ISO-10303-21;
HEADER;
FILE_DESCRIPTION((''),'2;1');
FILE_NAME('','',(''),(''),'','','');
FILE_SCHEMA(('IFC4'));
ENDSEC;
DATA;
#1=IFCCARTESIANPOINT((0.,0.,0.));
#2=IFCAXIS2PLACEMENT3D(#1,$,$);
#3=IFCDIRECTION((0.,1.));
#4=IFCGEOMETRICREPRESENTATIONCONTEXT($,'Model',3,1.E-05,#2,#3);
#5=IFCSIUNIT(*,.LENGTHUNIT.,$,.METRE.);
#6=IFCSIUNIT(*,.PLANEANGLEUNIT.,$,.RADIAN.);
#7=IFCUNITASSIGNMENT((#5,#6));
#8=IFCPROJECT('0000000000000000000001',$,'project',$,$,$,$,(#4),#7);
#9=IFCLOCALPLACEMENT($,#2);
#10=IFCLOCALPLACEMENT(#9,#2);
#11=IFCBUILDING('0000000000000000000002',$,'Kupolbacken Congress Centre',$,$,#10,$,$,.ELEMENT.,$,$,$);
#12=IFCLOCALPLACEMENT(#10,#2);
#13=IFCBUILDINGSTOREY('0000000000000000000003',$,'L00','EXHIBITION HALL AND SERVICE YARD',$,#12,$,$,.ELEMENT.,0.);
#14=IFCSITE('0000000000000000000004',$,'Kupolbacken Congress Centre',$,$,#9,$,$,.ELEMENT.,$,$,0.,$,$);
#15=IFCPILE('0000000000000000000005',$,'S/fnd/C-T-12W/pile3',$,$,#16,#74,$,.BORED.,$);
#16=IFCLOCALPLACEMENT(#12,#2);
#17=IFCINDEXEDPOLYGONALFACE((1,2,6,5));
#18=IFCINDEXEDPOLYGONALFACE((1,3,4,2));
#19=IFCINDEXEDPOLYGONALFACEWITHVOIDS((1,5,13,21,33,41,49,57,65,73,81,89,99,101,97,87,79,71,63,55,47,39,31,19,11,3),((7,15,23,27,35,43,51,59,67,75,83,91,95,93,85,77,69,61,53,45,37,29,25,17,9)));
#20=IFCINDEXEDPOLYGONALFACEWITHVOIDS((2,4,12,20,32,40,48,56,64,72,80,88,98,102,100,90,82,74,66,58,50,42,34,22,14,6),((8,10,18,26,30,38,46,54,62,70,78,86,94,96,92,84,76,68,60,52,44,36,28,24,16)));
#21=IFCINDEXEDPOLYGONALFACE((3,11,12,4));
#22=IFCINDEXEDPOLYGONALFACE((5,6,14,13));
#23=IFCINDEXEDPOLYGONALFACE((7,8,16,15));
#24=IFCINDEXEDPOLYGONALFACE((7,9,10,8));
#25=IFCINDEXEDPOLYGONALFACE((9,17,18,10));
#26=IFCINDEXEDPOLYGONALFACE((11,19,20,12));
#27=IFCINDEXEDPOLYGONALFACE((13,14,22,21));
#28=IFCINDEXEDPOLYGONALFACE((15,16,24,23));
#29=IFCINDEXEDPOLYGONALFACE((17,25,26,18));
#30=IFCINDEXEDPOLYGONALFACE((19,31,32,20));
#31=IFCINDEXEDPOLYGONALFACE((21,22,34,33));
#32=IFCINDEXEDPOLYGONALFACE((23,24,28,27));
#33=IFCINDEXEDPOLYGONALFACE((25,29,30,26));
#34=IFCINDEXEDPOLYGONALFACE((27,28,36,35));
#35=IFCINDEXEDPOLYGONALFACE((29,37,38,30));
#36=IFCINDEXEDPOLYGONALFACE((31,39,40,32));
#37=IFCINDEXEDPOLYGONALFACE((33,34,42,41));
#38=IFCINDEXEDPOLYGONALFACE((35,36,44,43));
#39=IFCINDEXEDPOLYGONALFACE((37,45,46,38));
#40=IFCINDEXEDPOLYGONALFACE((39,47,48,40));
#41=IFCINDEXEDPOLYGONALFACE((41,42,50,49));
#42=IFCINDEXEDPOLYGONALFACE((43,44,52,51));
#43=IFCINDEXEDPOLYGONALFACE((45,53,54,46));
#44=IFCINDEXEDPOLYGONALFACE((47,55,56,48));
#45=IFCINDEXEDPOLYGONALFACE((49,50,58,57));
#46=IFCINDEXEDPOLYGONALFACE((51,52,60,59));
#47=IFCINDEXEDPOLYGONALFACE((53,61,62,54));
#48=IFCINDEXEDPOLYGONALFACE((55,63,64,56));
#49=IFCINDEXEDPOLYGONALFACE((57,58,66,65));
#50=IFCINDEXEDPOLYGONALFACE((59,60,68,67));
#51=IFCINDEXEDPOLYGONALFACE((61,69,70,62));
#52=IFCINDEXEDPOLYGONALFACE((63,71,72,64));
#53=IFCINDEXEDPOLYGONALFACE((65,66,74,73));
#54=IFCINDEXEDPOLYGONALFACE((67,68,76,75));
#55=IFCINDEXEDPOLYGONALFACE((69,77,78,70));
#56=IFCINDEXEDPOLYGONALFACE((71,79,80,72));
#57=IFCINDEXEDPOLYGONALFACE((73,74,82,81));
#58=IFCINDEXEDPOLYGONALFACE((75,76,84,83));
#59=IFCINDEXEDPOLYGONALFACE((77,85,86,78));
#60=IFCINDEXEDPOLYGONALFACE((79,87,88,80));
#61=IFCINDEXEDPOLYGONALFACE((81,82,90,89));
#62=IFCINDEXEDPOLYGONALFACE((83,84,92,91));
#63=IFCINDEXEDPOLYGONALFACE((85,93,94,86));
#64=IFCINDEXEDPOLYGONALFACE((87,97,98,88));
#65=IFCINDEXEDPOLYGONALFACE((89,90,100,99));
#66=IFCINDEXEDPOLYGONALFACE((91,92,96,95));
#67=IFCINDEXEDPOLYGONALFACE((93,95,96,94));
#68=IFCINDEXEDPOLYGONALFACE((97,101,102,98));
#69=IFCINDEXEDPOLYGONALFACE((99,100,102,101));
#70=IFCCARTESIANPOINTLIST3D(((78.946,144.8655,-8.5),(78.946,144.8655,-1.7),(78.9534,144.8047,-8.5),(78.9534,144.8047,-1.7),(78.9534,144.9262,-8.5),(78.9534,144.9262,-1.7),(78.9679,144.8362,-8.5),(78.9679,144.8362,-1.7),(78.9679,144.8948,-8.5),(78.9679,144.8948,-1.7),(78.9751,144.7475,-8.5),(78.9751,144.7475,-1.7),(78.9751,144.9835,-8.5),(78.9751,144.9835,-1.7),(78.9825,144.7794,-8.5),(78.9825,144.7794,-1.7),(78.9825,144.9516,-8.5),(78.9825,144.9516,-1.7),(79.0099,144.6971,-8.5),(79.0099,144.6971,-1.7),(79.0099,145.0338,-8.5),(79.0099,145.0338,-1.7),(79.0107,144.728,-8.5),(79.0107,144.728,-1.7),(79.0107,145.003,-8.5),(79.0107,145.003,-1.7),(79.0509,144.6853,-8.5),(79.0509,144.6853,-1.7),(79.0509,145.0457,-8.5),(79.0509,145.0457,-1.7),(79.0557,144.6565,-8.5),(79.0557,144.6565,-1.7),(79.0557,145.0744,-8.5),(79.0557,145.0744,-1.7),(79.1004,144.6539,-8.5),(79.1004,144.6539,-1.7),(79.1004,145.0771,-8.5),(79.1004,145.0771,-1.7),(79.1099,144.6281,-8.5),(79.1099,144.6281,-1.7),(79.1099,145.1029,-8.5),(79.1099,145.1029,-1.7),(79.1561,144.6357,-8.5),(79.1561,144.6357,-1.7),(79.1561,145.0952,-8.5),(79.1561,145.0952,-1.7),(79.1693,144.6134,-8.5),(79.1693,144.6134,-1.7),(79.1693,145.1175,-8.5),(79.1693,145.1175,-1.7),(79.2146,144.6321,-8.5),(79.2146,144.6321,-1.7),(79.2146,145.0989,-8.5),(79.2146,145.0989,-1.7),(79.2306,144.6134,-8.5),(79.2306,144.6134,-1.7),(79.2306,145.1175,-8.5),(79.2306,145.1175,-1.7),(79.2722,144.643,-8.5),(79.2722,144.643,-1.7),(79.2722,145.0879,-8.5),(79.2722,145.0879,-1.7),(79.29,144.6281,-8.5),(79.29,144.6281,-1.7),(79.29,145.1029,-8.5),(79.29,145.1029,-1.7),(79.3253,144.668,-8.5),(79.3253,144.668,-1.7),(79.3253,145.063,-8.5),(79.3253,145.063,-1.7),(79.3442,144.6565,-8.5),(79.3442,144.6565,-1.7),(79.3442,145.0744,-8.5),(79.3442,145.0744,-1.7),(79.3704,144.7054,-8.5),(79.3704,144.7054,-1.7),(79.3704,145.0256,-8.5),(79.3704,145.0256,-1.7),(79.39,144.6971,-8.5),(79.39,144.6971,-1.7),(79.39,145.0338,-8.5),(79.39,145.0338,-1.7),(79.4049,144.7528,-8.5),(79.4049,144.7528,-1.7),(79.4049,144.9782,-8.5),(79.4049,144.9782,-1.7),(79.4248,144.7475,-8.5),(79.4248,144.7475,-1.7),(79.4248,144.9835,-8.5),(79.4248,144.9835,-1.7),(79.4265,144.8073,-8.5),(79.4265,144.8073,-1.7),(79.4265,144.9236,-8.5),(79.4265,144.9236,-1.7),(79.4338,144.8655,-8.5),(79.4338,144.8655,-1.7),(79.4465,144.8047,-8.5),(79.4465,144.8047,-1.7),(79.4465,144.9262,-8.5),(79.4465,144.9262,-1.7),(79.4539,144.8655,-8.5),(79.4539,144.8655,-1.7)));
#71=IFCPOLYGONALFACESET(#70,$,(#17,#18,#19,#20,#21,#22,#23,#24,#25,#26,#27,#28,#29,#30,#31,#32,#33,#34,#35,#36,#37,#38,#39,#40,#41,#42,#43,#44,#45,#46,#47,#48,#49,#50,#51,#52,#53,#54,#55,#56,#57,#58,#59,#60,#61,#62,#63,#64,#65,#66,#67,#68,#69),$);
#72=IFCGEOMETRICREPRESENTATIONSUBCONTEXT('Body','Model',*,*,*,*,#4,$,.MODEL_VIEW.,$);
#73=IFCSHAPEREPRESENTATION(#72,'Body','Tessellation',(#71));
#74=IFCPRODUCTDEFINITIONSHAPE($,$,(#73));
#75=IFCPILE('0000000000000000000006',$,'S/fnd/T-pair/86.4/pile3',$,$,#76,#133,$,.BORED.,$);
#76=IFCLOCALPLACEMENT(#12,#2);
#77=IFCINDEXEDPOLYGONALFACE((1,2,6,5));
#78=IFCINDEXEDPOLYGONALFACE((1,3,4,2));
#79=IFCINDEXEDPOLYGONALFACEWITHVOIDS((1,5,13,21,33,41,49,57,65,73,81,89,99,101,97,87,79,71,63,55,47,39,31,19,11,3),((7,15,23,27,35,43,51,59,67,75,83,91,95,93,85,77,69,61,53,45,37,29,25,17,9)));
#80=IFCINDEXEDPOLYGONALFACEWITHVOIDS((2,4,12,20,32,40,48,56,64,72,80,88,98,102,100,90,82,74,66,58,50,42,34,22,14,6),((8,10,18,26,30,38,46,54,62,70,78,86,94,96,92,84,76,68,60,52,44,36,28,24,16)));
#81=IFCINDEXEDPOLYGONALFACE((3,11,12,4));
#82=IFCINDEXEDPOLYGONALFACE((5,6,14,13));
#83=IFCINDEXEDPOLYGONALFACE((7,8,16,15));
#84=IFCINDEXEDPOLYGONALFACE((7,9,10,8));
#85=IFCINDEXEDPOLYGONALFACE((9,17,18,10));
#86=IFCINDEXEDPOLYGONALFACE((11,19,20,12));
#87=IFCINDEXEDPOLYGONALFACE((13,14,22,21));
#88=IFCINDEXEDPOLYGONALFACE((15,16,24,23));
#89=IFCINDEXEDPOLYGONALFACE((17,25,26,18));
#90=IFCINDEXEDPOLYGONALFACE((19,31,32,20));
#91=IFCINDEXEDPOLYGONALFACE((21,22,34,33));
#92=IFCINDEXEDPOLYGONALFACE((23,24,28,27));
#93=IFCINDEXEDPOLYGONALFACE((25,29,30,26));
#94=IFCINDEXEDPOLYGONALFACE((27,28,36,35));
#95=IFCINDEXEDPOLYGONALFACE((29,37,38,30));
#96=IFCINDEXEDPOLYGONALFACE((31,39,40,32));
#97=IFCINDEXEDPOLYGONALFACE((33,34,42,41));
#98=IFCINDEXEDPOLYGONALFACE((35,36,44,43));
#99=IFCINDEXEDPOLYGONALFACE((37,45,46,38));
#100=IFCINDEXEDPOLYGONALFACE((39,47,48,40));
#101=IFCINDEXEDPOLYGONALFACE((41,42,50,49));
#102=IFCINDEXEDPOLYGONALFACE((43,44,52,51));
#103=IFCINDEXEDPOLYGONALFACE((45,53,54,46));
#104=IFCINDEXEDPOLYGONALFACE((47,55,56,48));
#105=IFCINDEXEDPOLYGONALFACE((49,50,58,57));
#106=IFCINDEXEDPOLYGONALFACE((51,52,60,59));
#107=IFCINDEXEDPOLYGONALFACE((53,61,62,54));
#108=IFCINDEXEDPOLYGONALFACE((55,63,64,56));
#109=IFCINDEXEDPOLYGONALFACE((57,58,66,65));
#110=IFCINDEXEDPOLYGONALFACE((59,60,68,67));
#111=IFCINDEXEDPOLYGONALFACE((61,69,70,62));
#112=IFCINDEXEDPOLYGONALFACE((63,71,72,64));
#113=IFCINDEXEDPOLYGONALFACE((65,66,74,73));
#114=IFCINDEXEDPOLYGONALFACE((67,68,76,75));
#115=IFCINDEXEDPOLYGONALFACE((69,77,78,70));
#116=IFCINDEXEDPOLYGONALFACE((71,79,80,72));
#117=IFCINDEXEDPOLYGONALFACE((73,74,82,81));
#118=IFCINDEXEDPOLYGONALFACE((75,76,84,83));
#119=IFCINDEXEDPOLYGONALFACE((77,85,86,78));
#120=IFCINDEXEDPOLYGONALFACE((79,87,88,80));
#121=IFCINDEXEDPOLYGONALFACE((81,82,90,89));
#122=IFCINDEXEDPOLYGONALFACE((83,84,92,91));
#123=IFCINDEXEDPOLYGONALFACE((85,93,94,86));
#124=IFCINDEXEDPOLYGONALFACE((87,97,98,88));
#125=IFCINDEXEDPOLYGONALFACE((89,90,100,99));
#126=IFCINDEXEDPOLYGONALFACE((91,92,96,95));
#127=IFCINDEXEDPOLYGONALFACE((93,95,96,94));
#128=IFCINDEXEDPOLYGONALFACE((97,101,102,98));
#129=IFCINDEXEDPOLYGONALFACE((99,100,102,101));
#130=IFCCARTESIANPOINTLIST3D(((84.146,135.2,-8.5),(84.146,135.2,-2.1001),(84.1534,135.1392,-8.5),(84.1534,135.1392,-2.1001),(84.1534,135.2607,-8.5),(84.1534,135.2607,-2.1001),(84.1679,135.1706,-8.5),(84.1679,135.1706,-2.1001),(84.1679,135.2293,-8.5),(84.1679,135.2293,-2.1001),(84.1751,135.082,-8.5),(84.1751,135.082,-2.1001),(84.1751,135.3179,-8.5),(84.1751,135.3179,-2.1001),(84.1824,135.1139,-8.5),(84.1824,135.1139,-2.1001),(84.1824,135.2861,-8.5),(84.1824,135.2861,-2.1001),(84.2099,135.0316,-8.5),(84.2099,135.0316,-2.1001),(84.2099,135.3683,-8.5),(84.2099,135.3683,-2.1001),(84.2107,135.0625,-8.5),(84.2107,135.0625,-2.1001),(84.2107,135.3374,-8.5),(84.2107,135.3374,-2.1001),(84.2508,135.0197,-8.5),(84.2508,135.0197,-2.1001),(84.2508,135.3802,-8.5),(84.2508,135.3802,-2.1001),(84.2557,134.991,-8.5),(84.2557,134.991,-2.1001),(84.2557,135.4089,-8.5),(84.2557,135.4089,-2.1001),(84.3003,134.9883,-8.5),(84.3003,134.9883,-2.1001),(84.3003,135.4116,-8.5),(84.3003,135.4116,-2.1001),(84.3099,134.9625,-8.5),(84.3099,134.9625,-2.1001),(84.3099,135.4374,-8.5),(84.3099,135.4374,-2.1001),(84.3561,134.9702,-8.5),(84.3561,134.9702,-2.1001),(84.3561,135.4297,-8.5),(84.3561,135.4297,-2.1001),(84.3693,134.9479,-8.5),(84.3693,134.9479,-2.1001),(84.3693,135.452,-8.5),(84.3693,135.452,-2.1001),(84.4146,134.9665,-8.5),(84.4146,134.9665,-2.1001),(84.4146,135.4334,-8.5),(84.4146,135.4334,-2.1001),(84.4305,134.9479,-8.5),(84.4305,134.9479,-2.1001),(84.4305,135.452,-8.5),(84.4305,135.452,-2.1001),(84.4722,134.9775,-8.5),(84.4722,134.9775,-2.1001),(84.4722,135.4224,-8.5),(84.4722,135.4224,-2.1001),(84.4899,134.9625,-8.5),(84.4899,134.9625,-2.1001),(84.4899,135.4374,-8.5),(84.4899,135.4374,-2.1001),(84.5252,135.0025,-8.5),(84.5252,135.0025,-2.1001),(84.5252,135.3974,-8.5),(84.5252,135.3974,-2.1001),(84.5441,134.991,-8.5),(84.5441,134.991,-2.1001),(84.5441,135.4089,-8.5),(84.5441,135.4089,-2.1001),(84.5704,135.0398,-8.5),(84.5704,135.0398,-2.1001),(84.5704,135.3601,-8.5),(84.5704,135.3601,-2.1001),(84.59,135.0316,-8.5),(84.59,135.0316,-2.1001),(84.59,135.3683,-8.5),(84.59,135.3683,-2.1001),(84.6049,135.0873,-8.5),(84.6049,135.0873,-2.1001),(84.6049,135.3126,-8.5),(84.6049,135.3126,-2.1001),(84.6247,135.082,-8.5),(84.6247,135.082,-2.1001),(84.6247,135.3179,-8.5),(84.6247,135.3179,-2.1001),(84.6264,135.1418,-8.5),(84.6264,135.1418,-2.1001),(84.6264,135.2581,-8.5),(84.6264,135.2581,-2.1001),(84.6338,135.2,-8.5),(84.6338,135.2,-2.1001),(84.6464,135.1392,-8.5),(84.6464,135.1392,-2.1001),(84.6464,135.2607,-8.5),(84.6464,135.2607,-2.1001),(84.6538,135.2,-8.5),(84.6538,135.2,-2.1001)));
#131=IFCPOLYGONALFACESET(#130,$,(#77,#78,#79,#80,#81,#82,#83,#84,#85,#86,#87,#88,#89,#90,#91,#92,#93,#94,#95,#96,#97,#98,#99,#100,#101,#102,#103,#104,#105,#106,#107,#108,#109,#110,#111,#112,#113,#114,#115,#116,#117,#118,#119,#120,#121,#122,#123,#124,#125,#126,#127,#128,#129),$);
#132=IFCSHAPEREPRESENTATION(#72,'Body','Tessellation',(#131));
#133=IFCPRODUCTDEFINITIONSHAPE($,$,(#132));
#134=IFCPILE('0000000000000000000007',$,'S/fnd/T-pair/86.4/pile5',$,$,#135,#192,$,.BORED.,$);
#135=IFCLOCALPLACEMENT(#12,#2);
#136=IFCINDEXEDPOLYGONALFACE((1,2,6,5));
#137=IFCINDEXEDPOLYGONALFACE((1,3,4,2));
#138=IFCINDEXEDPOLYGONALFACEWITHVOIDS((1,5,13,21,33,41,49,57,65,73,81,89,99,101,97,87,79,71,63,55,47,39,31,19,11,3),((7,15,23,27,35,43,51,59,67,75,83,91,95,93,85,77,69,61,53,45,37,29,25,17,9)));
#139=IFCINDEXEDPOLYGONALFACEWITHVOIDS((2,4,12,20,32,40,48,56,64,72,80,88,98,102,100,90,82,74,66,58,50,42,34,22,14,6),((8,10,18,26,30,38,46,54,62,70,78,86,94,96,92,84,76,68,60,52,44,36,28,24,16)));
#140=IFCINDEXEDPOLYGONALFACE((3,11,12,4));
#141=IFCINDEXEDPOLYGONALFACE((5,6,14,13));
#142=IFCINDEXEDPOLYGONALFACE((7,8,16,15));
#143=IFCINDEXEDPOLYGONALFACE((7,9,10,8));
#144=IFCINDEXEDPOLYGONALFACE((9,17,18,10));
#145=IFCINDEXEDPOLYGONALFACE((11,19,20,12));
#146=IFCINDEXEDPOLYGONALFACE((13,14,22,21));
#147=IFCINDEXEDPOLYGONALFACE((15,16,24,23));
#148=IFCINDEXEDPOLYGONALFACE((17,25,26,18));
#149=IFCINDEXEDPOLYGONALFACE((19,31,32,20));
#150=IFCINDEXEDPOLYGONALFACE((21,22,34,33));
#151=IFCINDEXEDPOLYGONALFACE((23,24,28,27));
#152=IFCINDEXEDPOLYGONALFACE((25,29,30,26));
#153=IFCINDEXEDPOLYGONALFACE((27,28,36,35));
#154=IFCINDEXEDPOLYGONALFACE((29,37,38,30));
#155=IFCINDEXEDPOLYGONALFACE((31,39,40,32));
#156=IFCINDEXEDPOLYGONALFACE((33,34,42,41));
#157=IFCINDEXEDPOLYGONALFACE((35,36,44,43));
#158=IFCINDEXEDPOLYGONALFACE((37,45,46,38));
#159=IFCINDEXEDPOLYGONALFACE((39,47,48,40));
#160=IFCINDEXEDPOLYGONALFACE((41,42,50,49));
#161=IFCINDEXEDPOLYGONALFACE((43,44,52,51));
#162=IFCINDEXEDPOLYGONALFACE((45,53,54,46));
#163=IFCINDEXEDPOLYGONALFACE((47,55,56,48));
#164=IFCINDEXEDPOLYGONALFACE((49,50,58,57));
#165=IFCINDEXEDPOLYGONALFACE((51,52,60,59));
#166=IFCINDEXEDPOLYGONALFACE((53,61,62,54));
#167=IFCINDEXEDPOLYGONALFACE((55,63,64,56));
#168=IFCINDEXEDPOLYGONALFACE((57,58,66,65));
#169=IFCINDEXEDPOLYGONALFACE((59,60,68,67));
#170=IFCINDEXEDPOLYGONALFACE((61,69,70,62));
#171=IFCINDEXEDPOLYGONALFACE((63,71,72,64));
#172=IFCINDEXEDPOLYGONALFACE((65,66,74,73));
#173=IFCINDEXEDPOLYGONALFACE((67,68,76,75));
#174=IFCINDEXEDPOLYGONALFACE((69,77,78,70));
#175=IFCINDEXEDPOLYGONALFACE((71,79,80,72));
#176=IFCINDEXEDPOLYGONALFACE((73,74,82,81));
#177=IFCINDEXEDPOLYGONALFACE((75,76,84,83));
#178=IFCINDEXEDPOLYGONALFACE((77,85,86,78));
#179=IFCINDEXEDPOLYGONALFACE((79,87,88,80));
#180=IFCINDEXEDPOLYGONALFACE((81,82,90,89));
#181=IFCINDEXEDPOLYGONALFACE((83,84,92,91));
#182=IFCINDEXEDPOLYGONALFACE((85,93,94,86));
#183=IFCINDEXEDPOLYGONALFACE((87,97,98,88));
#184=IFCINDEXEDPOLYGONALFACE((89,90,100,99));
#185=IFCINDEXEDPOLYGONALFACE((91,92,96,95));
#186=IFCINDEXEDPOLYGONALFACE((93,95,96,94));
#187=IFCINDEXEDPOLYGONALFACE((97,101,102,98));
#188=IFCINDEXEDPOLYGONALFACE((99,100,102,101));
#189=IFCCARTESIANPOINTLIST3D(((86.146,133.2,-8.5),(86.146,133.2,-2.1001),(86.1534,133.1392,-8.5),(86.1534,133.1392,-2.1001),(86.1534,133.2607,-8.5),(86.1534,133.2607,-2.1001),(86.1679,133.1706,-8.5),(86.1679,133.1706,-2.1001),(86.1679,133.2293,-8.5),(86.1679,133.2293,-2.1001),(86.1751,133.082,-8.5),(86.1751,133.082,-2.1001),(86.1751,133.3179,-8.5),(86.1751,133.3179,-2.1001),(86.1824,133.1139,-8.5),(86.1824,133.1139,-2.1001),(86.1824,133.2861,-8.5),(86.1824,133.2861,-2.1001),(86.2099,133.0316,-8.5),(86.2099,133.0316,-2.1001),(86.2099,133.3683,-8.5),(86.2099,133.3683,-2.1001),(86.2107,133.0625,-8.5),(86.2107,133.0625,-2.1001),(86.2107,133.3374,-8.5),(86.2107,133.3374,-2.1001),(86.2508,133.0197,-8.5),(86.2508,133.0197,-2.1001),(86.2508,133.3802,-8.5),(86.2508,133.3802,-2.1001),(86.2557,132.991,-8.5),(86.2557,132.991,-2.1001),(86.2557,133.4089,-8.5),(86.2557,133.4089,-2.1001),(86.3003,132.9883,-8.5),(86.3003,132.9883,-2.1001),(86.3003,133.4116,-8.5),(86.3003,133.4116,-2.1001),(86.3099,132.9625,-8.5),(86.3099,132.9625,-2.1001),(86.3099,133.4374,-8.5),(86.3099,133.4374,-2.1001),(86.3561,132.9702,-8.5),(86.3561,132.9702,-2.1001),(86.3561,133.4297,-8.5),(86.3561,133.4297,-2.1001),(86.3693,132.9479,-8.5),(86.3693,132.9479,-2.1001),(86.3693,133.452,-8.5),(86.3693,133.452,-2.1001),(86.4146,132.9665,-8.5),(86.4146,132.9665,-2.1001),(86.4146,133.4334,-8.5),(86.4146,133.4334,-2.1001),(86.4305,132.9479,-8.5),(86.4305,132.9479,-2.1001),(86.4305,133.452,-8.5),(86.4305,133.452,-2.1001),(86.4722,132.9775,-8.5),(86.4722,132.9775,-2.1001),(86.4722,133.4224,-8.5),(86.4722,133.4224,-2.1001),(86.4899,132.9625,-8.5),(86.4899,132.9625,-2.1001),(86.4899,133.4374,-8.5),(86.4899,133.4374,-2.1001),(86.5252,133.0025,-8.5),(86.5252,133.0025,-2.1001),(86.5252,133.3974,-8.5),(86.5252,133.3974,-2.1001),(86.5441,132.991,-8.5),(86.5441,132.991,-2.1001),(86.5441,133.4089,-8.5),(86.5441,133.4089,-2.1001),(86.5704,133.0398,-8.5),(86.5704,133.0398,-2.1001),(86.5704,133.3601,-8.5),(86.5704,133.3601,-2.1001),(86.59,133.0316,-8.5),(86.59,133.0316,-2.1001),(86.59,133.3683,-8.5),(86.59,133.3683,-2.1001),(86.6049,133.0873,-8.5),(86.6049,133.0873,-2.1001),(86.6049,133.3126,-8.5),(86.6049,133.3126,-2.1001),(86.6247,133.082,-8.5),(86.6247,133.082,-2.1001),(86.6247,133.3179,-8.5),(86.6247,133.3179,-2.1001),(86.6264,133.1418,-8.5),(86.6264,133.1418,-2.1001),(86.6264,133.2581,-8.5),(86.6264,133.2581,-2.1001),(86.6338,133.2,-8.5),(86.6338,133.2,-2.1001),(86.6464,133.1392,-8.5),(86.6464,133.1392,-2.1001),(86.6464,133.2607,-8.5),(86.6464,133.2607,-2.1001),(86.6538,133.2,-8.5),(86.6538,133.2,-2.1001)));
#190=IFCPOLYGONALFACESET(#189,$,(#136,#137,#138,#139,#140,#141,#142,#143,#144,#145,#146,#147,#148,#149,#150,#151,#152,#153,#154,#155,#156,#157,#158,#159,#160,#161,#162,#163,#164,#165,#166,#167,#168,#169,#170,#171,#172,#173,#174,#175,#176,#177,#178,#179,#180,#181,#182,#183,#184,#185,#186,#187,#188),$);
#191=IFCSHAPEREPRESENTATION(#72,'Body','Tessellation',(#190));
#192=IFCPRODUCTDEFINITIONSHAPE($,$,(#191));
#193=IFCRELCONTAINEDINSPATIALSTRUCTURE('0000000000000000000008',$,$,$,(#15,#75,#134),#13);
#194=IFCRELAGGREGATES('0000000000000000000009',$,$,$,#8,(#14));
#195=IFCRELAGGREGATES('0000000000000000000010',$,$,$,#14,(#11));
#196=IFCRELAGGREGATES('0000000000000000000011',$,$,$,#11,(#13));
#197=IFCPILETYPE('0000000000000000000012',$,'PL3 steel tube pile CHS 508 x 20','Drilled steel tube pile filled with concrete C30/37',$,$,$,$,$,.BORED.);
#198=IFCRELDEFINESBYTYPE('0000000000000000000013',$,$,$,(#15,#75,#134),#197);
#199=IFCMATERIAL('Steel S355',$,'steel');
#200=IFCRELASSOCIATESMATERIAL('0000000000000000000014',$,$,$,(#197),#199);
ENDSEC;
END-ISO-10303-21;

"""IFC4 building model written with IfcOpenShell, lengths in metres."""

from ifc_helpers import new_model, si_unit, direction, frame, origin, origin_2d, place, context, subcontext, project, spatial, hollow_circle, extrude, material, material_profile, profile_set, type_object, element, save


model = new_model("IFC4")

# Units and contexts
model_context = context("Model", 3, precision=1e-05, world=origin(), true_north=direction((0.0, 1.0)))
body_context = subcontext(model_context, "Body", "Model", "MODEL_VIEW")
ifc_project = project(units=[si_unit("LENGTHUNIT", "METRE"), si_unit("PLANEANGLEUNIT", "RADIAN")], contexts=[model_context])

# Site, building, storey
site_placement = place(None, origin())
site = spatial("IfcSite", under=ifc_project, at=site_placement, Name="Kupolbacken Congress Centre", CompositionType="ELEMENT", RefElevation=0.0)
building_placement = place(site_placement, origin())
building = spatial("IfcBuilding", under=site, at=building_placement, Name="Kupolbacken Congress Centre", CompositionType="ELEMENT")
storey_placement = place(building_placement, origin())
storey = spatial("IfcBuildingStorey", under=building, at=storey_placement, Name="L00", Description="EXHIBITION HALL AND SERVICE YARD", CompositionType="ELEMENT", Elevation=0.0)

# Piles
ifc_material_1 = material(Name="Steel S355", Category="steel")
ifc_material_profile_1 = material_profile(ifc_material_1, hollow_circle(Radius=0.2539, WallThickness=0.02, at=origin_2d()), Name="CHS 508 x 20")
ifc_profile_set_1 = profile_set([ifc_material_profile_1], Name="Steel S355")
pile_type = type_object("IfcPileType", Name="PL3 steel tube pile CHS 508 x 20", Description="Drilled steel tube pile filled with concrete C30/37", PredefinedType="BORED", material=ifc_profile_set_1)
for number, where, z_axis, x_axis, name in (
    (1, (79.2, 144.8655, -1.7), (0.0, 0.0, -1.0), (1.0, 0.0, 0.0), "S/fnd/C-T-12W/pile3"),
):
    element("IfcPile", number, at=place(storey_placement, frame(where, z_axis=z_axis, x_axis=x_axis)), inside=storey, type_object=pile_type, Name=name, PredefinedType="BORED", context=body_context, shape_type="SweptSolid", body=[
        extrude(hollow_circle(Radius=0.2539, WallThickness=0.02, at=origin_2d()), origin(), (0.0, 0.0, 1.0), 6.8),
    ])
for number, where, z_axis, x_axis, name in (
    (2, (84.3999, 135.2, -2.1001), (0.0, 0.0, -1.0), (1.0, 0.0, 0.0), "S/fnd/T-pair/86.4/pile3"),
    (3, (86.3999, 133.2, -2.1001), (0.0, 0.0, -1.0), (1.0, 0.0, 0.0), "S/fnd/T-pair/86.4/pile5"),
):
    element("IfcPile", number, at=place(storey_placement, frame(where, z_axis=z_axis, x_axis=x_axis)), inside=storey, type_object=pile_type, Name=name, PredefinedType="BORED", context=body_context, shape_type="SweptSolid", body=[
        extrude(hollow_circle(Radius=0.2539, WallThickness=0.02, at=origin_2d()), origin(), (0.0, 0.0, 1.0), 6.3999),
    ])

save(model, "model.ifc")
